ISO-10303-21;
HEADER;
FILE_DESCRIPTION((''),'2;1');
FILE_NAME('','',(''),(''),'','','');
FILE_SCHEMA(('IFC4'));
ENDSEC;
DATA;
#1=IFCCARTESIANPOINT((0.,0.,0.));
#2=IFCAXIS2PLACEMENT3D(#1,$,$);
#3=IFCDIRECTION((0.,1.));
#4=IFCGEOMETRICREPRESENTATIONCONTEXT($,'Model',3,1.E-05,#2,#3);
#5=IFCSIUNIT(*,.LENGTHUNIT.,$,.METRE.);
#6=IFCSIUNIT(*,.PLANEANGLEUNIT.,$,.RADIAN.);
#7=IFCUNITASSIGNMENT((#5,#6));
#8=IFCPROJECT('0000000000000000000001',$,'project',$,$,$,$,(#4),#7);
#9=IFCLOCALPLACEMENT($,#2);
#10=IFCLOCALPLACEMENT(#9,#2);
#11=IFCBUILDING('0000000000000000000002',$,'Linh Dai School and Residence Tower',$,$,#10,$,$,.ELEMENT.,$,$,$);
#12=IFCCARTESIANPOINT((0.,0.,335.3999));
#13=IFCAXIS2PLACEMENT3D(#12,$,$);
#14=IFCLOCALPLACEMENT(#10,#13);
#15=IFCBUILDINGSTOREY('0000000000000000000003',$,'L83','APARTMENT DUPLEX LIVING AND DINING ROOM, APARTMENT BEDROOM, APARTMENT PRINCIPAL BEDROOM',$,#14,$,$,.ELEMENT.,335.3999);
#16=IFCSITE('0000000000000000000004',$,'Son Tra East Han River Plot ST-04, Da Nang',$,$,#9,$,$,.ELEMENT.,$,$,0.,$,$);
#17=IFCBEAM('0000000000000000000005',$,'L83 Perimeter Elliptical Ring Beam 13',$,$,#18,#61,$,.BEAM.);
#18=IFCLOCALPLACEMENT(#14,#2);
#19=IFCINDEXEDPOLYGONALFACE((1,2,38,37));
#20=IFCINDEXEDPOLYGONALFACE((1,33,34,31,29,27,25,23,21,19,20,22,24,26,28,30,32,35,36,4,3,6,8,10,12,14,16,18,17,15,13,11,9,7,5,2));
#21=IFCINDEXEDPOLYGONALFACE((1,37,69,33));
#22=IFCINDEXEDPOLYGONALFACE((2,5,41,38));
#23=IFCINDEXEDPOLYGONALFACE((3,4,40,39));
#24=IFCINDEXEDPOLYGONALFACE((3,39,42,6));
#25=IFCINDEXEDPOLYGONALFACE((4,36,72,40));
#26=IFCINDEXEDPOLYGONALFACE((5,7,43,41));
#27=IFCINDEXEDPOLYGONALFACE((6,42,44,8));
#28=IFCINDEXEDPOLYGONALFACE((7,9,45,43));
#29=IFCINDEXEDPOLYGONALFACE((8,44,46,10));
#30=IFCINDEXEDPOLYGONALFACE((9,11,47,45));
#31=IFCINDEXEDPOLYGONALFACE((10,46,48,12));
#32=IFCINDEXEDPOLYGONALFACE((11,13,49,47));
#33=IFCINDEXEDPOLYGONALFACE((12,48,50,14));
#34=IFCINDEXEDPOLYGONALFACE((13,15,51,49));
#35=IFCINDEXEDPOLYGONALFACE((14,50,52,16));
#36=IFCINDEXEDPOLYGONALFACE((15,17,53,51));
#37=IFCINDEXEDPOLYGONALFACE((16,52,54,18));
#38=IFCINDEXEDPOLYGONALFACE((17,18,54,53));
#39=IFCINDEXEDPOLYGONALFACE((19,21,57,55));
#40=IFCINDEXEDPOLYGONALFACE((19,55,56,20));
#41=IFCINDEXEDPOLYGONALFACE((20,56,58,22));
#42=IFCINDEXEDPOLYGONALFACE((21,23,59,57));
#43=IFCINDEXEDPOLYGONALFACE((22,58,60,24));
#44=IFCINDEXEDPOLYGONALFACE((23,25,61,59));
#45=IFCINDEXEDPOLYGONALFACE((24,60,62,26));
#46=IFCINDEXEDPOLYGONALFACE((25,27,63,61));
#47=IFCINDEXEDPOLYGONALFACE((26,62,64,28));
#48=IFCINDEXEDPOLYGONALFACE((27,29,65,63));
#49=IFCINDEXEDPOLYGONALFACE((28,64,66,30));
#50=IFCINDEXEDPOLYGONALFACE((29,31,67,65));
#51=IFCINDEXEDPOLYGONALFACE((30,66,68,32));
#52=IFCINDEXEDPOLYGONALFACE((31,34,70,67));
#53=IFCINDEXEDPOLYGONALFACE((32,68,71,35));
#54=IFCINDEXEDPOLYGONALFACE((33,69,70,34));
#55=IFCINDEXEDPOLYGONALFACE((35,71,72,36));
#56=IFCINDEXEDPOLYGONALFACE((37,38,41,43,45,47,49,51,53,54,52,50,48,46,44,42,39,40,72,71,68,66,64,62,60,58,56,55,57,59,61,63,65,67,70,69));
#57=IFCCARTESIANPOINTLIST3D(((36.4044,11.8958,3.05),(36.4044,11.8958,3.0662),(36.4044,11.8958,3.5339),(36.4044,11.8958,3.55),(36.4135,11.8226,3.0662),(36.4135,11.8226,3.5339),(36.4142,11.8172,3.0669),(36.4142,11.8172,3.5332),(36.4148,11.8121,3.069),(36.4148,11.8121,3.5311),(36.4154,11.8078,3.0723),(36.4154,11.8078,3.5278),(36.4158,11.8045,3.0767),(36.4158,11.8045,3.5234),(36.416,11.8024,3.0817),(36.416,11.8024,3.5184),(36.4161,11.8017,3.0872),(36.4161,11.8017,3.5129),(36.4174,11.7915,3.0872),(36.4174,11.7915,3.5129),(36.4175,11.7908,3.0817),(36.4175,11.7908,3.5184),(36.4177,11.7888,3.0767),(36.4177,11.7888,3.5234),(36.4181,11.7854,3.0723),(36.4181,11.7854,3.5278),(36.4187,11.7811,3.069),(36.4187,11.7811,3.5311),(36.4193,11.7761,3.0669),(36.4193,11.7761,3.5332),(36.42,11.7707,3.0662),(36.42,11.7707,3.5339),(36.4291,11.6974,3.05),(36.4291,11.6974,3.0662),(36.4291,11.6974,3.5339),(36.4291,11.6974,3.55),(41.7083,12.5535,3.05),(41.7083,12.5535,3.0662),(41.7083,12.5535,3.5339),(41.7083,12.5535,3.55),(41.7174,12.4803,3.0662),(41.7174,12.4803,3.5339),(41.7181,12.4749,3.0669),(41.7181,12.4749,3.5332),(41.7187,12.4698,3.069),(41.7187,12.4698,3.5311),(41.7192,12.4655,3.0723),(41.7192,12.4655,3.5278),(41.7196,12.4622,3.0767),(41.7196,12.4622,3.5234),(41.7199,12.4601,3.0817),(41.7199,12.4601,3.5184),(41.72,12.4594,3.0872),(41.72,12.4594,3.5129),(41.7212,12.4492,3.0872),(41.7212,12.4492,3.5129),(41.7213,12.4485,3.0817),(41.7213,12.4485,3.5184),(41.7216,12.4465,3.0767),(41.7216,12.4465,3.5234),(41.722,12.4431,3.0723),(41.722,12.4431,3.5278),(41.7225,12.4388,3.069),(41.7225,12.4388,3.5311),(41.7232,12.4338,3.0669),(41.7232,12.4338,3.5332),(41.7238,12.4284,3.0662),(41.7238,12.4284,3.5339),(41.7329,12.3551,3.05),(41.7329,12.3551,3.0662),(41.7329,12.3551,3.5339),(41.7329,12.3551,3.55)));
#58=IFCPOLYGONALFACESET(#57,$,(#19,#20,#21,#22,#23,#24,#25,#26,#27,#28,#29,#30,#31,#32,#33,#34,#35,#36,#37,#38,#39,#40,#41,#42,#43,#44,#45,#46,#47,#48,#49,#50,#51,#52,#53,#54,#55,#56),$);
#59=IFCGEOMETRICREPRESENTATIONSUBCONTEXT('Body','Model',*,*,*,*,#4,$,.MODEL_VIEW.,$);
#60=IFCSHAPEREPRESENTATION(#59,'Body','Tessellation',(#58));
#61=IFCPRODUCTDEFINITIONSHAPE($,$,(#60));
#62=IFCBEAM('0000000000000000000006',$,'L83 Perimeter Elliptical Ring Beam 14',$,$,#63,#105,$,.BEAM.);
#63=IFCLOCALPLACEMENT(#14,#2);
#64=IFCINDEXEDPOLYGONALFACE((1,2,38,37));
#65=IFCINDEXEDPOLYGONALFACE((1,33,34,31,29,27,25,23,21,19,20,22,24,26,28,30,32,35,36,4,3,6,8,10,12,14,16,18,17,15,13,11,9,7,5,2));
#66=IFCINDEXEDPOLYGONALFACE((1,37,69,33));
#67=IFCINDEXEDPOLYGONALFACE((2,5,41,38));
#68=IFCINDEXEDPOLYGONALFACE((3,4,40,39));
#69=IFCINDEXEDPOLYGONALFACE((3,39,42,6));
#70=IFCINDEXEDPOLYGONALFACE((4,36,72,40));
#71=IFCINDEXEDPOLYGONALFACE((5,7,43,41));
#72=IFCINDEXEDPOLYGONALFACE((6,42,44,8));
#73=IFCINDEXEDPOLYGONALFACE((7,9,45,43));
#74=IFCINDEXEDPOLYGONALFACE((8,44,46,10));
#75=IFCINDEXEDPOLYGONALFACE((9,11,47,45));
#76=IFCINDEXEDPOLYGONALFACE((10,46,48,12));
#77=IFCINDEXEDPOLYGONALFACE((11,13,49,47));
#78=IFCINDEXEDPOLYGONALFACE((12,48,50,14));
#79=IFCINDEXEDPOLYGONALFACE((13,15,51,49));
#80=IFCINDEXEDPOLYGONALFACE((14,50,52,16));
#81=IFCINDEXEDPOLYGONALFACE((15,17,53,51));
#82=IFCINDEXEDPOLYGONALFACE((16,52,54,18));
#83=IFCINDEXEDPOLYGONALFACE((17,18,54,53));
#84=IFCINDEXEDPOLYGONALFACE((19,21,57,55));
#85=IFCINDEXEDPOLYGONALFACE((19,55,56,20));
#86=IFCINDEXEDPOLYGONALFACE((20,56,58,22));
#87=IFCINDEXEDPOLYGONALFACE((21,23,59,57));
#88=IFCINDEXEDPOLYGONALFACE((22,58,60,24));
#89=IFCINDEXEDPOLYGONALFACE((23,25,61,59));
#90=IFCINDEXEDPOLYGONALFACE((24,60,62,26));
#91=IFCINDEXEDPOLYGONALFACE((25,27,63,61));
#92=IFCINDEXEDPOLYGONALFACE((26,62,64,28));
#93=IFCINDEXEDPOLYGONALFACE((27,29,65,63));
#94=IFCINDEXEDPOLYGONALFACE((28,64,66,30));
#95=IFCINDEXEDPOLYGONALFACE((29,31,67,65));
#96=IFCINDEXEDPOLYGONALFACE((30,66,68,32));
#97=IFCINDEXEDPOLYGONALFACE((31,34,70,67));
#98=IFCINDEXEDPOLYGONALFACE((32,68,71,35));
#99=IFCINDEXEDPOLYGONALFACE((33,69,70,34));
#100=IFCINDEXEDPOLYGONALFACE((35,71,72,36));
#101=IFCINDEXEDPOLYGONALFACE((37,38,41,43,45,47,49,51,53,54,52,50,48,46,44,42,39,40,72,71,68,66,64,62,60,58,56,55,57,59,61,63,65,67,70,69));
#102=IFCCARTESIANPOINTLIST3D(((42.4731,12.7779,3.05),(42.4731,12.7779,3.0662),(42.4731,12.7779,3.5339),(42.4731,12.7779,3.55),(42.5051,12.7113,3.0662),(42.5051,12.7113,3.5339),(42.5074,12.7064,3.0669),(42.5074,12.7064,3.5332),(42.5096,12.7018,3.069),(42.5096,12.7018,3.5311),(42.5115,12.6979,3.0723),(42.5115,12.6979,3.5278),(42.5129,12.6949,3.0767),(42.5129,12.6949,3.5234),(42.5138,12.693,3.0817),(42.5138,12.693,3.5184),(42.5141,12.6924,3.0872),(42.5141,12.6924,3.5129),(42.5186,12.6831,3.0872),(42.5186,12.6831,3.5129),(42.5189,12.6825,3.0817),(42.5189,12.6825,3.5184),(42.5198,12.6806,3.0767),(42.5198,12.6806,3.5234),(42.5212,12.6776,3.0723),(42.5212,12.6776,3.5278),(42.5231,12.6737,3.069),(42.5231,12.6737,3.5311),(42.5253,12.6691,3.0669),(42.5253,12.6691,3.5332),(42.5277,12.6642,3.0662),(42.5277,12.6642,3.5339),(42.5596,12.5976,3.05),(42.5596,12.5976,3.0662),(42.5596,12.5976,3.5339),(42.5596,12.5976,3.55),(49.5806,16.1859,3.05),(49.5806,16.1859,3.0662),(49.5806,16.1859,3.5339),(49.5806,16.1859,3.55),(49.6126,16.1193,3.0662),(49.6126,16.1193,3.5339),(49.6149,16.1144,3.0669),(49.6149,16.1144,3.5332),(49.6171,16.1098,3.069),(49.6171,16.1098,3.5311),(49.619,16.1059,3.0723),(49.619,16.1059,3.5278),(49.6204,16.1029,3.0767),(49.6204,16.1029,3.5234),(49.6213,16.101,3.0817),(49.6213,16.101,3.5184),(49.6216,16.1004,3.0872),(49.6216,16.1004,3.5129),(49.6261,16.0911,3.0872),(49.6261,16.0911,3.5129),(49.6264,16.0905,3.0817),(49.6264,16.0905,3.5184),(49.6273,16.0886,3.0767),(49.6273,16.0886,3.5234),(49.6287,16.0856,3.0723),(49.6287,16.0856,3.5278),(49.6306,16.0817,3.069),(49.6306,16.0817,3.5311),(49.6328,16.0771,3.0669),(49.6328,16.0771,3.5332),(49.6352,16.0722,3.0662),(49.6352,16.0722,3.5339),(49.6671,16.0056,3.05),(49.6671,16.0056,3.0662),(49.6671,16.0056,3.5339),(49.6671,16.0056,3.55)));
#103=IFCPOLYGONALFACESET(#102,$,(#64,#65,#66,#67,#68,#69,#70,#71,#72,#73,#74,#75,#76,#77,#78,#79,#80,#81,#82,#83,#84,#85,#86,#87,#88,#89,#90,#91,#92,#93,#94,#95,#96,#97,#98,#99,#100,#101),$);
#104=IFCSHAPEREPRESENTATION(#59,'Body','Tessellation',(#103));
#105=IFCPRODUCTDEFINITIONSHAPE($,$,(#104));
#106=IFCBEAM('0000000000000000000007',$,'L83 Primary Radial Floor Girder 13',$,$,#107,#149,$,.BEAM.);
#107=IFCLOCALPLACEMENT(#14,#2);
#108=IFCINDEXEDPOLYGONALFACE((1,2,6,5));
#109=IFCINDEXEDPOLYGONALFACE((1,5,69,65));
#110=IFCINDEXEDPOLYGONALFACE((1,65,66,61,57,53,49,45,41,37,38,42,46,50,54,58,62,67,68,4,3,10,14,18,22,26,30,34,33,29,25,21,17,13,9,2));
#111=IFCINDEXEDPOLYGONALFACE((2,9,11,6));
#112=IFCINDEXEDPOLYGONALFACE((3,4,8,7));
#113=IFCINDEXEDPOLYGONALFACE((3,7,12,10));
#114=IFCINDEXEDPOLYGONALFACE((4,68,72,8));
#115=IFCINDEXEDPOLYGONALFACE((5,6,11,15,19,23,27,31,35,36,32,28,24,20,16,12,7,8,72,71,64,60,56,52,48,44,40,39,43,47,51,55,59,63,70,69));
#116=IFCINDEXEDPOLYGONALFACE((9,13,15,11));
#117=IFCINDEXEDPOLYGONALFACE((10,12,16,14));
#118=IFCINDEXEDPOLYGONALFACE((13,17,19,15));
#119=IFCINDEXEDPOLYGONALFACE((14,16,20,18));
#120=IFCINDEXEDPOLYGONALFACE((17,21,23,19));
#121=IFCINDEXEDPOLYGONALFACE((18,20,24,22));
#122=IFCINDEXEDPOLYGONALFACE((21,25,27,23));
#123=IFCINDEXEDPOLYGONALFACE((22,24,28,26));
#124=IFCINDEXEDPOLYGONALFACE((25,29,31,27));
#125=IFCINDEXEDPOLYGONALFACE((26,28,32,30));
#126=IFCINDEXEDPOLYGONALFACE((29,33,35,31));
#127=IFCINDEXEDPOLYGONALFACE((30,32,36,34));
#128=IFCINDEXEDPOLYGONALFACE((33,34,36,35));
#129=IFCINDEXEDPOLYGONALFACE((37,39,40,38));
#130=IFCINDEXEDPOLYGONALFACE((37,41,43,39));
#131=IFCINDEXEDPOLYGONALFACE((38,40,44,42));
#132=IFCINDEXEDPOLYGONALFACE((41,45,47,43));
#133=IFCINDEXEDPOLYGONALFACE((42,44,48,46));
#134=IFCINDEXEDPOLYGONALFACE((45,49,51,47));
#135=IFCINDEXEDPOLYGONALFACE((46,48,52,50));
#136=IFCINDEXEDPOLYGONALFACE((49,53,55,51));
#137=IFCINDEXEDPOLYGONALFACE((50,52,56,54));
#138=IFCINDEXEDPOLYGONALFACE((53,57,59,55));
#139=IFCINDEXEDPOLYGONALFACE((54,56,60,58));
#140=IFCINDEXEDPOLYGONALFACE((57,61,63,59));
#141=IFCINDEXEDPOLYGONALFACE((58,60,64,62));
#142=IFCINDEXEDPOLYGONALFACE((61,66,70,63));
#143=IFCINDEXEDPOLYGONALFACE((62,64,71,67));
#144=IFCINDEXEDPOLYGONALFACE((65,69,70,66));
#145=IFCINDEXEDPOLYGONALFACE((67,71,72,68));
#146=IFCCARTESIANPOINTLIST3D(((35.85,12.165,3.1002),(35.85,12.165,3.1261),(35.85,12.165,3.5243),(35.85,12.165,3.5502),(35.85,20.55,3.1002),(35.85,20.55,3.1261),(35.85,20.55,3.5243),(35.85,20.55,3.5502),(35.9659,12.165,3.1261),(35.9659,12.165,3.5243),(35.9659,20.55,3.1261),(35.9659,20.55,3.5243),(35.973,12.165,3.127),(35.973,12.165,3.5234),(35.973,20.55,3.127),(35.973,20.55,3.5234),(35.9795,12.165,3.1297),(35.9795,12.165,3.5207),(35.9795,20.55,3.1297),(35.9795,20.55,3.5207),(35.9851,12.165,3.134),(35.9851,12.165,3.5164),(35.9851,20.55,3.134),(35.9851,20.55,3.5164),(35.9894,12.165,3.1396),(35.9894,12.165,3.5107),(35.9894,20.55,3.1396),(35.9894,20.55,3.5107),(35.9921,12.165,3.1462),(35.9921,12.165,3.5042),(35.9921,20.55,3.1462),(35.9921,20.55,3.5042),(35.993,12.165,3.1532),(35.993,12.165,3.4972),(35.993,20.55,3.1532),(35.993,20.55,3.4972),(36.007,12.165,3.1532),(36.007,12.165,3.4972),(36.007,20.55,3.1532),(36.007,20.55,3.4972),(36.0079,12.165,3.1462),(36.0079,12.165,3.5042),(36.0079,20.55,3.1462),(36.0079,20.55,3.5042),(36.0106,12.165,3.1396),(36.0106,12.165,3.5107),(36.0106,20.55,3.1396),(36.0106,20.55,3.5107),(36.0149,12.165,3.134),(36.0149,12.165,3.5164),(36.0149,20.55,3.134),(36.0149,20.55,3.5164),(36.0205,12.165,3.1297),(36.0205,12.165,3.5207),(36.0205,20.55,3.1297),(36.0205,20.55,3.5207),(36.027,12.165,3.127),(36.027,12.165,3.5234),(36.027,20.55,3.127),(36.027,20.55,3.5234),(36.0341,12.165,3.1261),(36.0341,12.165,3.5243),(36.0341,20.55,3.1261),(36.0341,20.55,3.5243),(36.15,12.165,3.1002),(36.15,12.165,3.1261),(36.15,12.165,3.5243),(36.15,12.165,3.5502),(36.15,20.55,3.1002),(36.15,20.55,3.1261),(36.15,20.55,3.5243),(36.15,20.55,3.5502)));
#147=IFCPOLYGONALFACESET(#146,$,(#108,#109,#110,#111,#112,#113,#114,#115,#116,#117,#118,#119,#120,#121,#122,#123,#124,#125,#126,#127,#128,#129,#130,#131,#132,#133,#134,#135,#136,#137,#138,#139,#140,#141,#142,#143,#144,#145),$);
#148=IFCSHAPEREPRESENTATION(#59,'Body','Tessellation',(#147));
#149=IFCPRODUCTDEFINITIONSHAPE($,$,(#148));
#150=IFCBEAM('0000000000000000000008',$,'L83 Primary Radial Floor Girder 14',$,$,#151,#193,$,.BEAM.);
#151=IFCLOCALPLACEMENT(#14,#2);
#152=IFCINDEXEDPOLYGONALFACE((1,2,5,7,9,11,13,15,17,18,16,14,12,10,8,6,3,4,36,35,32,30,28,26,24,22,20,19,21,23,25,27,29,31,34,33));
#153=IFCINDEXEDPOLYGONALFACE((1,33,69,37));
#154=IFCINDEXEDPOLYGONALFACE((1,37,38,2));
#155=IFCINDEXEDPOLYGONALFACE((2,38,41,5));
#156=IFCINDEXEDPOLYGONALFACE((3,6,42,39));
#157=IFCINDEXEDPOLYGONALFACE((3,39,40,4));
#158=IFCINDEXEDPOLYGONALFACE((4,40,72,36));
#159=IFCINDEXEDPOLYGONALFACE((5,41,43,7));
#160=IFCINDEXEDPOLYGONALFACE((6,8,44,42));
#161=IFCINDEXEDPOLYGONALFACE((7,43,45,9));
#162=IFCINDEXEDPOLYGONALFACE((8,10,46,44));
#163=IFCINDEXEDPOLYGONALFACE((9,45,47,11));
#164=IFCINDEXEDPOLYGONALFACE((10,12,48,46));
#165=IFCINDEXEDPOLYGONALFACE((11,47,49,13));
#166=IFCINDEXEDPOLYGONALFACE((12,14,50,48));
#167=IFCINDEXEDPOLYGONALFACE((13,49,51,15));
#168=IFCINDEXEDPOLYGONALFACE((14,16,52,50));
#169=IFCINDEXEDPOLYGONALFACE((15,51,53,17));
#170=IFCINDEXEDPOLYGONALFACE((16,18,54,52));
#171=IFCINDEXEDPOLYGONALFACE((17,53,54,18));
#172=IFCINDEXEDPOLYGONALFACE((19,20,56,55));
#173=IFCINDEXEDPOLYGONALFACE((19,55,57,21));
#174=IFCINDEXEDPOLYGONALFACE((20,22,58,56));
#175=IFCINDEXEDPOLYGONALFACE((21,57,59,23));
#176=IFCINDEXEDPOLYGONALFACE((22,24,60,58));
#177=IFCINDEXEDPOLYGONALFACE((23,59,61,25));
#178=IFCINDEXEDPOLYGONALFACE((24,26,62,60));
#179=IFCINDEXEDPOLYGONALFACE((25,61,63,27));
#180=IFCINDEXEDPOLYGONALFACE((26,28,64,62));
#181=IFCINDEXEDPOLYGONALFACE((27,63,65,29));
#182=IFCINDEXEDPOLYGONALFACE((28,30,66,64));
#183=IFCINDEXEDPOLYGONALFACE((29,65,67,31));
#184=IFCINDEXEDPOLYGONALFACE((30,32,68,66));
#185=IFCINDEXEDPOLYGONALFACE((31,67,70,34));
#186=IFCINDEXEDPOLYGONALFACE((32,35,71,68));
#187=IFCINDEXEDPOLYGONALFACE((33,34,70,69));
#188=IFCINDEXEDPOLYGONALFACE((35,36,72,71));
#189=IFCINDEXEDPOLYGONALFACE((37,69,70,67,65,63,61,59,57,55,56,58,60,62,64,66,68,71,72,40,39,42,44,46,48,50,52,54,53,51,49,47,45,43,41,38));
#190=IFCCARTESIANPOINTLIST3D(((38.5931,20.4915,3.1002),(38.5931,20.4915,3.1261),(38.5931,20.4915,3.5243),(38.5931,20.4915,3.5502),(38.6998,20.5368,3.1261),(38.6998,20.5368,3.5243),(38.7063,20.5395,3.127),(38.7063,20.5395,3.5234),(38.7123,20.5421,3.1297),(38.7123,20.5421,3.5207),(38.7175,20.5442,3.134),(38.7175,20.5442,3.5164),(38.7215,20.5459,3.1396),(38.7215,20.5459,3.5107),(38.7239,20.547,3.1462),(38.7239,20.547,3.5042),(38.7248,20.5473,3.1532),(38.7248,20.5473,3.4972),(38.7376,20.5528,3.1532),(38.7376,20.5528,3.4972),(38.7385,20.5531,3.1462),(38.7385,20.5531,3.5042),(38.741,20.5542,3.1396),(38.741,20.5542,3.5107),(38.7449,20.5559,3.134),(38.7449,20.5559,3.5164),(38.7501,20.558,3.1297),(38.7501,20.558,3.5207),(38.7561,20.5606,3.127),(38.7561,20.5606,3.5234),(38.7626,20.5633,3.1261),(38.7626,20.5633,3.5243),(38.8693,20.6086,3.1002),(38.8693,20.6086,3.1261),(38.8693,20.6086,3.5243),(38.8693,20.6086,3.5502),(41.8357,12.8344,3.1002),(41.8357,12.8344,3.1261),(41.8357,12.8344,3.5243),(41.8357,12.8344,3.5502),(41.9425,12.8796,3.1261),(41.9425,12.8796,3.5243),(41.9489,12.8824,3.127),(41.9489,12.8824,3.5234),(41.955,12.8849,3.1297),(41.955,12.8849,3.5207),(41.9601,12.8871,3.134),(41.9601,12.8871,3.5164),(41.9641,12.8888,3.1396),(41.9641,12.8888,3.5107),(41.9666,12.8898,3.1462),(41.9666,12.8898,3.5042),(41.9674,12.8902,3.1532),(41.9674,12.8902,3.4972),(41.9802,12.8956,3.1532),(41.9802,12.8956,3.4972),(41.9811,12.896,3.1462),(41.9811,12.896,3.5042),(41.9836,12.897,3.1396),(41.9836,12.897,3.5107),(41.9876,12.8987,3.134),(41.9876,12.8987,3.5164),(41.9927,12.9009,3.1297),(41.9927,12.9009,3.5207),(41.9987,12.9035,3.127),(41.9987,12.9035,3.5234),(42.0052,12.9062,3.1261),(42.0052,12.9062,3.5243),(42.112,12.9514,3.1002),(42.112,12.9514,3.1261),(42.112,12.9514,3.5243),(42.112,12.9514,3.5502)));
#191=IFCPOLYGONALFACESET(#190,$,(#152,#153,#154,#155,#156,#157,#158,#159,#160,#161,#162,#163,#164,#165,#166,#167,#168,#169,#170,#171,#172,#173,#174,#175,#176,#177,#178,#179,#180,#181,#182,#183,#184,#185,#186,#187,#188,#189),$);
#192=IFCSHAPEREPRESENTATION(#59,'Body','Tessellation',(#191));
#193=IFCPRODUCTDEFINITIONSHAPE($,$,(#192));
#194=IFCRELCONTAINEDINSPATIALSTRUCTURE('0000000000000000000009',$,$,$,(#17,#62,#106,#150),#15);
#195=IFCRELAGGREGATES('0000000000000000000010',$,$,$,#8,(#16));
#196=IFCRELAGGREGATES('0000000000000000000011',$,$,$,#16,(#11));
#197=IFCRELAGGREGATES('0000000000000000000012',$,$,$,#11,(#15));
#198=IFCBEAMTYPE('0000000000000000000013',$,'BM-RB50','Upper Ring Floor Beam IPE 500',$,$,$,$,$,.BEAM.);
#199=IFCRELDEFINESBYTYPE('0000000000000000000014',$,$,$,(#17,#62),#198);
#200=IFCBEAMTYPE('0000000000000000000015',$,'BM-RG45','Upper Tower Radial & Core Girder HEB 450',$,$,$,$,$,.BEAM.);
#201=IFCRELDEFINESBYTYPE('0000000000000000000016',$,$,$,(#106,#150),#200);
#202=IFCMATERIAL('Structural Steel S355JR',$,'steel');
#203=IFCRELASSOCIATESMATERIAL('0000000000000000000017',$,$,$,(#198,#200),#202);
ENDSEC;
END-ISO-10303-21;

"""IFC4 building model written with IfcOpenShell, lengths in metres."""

from ifc_helpers import new_model, si_unit, direction, frame, origin, origin_2d, place, context, subcontext, project, spatial, i_section, extrude, material, material_profile, profile_set, type_object, element, save


model = new_model("IFC4")

# Units and contexts
model_context = context("Model", 3, precision=1e-05, world=origin(), true_north=direction((0.0, 1.0)))
body_context = subcontext(model_context, "Body", "Model", "MODEL_VIEW")
ifc_project = project(units=[si_unit("LENGTHUNIT", "METRE"), si_unit("PLANEANGLEUNIT", "RADIAN")], contexts=[model_context])

# Site, building, storey
site_placement = place(None, origin())
site = spatial("IfcSite", under=ifc_project, at=site_placement, Name="Son Tra East Han River Plot ST-04, Da Nang", CompositionType="ELEMENT", RefElevation=0.0)
building_placement = place(site_placement, origin())
building = spatial("IfcBuilding", under=site, at=building_placement, Name="Linh Dai School and Residence Tower", CompositionType="ELEMENT")
storey_placement = place(building_placement, frame((0.0, 0.0, 335.3999)))
storey = spatial("IfcBuildingStorey", under=building, at=storey_placement, Name="L83", Description="APARTMENT DUPLEX LIVING AND DINING ROOM, APARTMENT BEDROOM, APARTMENT PRINCIPAL BEDROOM", CompositionType="ELEMENT", Elevation=335.3999)

# Shared definitions
ifc_material_1 = material(Name="Structural Steel S355JR", Category="steel")

# Beams
ifc_material_profile_1 = material_profile(ifc_material_1, i_section(OverallWidth=0.2, OverallDepth=0.5, WebThickness=0.0103, FlangeThickness=0.0161, FilletRadius=0.021, at=origin_2d()), Name="IPE 500")
ifc_profile_set_1 = profile_set([ifc_material_profile_1], Name="Structural Steel S355JR")
beam_type_1 = type_object("IfcBeamType", Name="BM-RB50", Description="Upper Ring Floor Beam IPE 500", PredefinedType="BEAM", material=ifc_profile_set_1)
beam_1_placement = place(storey_placement, frame((36.4167, 11.7966, 3.3), z_axis=(0.992399, 0.123062, 0.0), x_axis=(-0.123062, 0.992399, 0.0)))
element("IfcBeam", 1, at=beam_1_placement, inside=storey, type_object=beam_type_1, Name="L83 Perimeter Elliptical Ring Beam 13", PredefinedType="BEAM", context=body_context, shape_type="SweptSolid", body=[
    extrude(i_section(OverallWidth=0.2, OverallDepth=0.5, WebThickness=0.0103, FlangeThickness=0.0161, FilletRadius=0.021, at=origin_2d()), origin(), (0.0, 0.0, 1.0), 5.3445),
])
beam_2_placement = place(storey_placement, frame((42.5164, 12.6877, 3.3), z_axis=(0.901701, 0.432359, 0.0), x_axis=(-0.432359, 0.901701, 0.0)))
element("IfcBeam", 2, at=beam_2_placement, inside=storey, type_object=beam_type_1, Name="L83 Perimeter Elliptical Ring Beam 14", PredefinedType="BEAM", context=body_context, shape_type="SweptSolid", body=[
    extrude(i_section(OverallWidth=0.2, OverallDepth=0.5, WebThickness=0.0103, FlangeThickness=0.0161, FilletRadius=0.021, at=origin_2d()), origin(), (0.0, 0.0, 1.0), 7.8823),
])
ifc_material_profile_2 = material_profile(ifc_material_1, i_section(OverallWidth=0.3, OverallDepth=0.45, WebThickness=0.0139, FlangeThickness=0.0259, FilletRadius=0.0271, at=origin_2d()), Name="HEB 450")
ifc_profile_set_2 = profile_set([ifc_material_profile_2], Name="Structural Steel S355JR")
beam_type_2 = type_object("IfcBeamType", Name="BM-RG45", Description="Upper Tower Radial & Core Girder HEB 450", PredefinedType="BEAM", material=ifc_profile_set_2)
beam_3_placement = place(storey_placement, frame((36.0, 20.55, 3.3252), z_axis=(0.0, -1.0, 0.0), x_axis=(1.0, 0.0, 0.0)))
element("IfcBeam", 3, at=beam_3_placement, inside=storey, type_object=beam_type_2, Name="L83 Primary Radial Floor Girder 13", PredefinedType="BEAM", context=body_context, shape_type="SweptSolid", body=[
    extrude(i_section(OverallWidth=0.3, OverallDepth=0.45, WebThickness=0.0139, FlangeThickness=0.0259, FilletRadius=0.0271, at=origin_2d()), origin(), (0.0, 0.0, 1.0), 8.385),
])
beam_4_placement = place(storey_placement, frame((38.7312, 20.55, 3.3252), z_axis=(0.389954, -0.920834, 0.0), x_axis=(0.920834, 0.389954, 0.0)))
element("IfcBeam", 4, at=beam_4_placement, inside=storey, type_object=beam_type_2, Name="L83 Primary Radial Floor Girder 14", PredefinedType="BEAM", context=body_context, shape_type="SweptSolid", body=[
    extrude(i_section(OverallWidth=0.3, OverallDepth=0.45, WebThickness=0.0139, FlangeThickness=0.0259, FilletRadius=0.0271, at=origin_2d()), origin(), (0.0, 0.0, 1.0), 8.3154),
])

save(model, "model.ifc")
